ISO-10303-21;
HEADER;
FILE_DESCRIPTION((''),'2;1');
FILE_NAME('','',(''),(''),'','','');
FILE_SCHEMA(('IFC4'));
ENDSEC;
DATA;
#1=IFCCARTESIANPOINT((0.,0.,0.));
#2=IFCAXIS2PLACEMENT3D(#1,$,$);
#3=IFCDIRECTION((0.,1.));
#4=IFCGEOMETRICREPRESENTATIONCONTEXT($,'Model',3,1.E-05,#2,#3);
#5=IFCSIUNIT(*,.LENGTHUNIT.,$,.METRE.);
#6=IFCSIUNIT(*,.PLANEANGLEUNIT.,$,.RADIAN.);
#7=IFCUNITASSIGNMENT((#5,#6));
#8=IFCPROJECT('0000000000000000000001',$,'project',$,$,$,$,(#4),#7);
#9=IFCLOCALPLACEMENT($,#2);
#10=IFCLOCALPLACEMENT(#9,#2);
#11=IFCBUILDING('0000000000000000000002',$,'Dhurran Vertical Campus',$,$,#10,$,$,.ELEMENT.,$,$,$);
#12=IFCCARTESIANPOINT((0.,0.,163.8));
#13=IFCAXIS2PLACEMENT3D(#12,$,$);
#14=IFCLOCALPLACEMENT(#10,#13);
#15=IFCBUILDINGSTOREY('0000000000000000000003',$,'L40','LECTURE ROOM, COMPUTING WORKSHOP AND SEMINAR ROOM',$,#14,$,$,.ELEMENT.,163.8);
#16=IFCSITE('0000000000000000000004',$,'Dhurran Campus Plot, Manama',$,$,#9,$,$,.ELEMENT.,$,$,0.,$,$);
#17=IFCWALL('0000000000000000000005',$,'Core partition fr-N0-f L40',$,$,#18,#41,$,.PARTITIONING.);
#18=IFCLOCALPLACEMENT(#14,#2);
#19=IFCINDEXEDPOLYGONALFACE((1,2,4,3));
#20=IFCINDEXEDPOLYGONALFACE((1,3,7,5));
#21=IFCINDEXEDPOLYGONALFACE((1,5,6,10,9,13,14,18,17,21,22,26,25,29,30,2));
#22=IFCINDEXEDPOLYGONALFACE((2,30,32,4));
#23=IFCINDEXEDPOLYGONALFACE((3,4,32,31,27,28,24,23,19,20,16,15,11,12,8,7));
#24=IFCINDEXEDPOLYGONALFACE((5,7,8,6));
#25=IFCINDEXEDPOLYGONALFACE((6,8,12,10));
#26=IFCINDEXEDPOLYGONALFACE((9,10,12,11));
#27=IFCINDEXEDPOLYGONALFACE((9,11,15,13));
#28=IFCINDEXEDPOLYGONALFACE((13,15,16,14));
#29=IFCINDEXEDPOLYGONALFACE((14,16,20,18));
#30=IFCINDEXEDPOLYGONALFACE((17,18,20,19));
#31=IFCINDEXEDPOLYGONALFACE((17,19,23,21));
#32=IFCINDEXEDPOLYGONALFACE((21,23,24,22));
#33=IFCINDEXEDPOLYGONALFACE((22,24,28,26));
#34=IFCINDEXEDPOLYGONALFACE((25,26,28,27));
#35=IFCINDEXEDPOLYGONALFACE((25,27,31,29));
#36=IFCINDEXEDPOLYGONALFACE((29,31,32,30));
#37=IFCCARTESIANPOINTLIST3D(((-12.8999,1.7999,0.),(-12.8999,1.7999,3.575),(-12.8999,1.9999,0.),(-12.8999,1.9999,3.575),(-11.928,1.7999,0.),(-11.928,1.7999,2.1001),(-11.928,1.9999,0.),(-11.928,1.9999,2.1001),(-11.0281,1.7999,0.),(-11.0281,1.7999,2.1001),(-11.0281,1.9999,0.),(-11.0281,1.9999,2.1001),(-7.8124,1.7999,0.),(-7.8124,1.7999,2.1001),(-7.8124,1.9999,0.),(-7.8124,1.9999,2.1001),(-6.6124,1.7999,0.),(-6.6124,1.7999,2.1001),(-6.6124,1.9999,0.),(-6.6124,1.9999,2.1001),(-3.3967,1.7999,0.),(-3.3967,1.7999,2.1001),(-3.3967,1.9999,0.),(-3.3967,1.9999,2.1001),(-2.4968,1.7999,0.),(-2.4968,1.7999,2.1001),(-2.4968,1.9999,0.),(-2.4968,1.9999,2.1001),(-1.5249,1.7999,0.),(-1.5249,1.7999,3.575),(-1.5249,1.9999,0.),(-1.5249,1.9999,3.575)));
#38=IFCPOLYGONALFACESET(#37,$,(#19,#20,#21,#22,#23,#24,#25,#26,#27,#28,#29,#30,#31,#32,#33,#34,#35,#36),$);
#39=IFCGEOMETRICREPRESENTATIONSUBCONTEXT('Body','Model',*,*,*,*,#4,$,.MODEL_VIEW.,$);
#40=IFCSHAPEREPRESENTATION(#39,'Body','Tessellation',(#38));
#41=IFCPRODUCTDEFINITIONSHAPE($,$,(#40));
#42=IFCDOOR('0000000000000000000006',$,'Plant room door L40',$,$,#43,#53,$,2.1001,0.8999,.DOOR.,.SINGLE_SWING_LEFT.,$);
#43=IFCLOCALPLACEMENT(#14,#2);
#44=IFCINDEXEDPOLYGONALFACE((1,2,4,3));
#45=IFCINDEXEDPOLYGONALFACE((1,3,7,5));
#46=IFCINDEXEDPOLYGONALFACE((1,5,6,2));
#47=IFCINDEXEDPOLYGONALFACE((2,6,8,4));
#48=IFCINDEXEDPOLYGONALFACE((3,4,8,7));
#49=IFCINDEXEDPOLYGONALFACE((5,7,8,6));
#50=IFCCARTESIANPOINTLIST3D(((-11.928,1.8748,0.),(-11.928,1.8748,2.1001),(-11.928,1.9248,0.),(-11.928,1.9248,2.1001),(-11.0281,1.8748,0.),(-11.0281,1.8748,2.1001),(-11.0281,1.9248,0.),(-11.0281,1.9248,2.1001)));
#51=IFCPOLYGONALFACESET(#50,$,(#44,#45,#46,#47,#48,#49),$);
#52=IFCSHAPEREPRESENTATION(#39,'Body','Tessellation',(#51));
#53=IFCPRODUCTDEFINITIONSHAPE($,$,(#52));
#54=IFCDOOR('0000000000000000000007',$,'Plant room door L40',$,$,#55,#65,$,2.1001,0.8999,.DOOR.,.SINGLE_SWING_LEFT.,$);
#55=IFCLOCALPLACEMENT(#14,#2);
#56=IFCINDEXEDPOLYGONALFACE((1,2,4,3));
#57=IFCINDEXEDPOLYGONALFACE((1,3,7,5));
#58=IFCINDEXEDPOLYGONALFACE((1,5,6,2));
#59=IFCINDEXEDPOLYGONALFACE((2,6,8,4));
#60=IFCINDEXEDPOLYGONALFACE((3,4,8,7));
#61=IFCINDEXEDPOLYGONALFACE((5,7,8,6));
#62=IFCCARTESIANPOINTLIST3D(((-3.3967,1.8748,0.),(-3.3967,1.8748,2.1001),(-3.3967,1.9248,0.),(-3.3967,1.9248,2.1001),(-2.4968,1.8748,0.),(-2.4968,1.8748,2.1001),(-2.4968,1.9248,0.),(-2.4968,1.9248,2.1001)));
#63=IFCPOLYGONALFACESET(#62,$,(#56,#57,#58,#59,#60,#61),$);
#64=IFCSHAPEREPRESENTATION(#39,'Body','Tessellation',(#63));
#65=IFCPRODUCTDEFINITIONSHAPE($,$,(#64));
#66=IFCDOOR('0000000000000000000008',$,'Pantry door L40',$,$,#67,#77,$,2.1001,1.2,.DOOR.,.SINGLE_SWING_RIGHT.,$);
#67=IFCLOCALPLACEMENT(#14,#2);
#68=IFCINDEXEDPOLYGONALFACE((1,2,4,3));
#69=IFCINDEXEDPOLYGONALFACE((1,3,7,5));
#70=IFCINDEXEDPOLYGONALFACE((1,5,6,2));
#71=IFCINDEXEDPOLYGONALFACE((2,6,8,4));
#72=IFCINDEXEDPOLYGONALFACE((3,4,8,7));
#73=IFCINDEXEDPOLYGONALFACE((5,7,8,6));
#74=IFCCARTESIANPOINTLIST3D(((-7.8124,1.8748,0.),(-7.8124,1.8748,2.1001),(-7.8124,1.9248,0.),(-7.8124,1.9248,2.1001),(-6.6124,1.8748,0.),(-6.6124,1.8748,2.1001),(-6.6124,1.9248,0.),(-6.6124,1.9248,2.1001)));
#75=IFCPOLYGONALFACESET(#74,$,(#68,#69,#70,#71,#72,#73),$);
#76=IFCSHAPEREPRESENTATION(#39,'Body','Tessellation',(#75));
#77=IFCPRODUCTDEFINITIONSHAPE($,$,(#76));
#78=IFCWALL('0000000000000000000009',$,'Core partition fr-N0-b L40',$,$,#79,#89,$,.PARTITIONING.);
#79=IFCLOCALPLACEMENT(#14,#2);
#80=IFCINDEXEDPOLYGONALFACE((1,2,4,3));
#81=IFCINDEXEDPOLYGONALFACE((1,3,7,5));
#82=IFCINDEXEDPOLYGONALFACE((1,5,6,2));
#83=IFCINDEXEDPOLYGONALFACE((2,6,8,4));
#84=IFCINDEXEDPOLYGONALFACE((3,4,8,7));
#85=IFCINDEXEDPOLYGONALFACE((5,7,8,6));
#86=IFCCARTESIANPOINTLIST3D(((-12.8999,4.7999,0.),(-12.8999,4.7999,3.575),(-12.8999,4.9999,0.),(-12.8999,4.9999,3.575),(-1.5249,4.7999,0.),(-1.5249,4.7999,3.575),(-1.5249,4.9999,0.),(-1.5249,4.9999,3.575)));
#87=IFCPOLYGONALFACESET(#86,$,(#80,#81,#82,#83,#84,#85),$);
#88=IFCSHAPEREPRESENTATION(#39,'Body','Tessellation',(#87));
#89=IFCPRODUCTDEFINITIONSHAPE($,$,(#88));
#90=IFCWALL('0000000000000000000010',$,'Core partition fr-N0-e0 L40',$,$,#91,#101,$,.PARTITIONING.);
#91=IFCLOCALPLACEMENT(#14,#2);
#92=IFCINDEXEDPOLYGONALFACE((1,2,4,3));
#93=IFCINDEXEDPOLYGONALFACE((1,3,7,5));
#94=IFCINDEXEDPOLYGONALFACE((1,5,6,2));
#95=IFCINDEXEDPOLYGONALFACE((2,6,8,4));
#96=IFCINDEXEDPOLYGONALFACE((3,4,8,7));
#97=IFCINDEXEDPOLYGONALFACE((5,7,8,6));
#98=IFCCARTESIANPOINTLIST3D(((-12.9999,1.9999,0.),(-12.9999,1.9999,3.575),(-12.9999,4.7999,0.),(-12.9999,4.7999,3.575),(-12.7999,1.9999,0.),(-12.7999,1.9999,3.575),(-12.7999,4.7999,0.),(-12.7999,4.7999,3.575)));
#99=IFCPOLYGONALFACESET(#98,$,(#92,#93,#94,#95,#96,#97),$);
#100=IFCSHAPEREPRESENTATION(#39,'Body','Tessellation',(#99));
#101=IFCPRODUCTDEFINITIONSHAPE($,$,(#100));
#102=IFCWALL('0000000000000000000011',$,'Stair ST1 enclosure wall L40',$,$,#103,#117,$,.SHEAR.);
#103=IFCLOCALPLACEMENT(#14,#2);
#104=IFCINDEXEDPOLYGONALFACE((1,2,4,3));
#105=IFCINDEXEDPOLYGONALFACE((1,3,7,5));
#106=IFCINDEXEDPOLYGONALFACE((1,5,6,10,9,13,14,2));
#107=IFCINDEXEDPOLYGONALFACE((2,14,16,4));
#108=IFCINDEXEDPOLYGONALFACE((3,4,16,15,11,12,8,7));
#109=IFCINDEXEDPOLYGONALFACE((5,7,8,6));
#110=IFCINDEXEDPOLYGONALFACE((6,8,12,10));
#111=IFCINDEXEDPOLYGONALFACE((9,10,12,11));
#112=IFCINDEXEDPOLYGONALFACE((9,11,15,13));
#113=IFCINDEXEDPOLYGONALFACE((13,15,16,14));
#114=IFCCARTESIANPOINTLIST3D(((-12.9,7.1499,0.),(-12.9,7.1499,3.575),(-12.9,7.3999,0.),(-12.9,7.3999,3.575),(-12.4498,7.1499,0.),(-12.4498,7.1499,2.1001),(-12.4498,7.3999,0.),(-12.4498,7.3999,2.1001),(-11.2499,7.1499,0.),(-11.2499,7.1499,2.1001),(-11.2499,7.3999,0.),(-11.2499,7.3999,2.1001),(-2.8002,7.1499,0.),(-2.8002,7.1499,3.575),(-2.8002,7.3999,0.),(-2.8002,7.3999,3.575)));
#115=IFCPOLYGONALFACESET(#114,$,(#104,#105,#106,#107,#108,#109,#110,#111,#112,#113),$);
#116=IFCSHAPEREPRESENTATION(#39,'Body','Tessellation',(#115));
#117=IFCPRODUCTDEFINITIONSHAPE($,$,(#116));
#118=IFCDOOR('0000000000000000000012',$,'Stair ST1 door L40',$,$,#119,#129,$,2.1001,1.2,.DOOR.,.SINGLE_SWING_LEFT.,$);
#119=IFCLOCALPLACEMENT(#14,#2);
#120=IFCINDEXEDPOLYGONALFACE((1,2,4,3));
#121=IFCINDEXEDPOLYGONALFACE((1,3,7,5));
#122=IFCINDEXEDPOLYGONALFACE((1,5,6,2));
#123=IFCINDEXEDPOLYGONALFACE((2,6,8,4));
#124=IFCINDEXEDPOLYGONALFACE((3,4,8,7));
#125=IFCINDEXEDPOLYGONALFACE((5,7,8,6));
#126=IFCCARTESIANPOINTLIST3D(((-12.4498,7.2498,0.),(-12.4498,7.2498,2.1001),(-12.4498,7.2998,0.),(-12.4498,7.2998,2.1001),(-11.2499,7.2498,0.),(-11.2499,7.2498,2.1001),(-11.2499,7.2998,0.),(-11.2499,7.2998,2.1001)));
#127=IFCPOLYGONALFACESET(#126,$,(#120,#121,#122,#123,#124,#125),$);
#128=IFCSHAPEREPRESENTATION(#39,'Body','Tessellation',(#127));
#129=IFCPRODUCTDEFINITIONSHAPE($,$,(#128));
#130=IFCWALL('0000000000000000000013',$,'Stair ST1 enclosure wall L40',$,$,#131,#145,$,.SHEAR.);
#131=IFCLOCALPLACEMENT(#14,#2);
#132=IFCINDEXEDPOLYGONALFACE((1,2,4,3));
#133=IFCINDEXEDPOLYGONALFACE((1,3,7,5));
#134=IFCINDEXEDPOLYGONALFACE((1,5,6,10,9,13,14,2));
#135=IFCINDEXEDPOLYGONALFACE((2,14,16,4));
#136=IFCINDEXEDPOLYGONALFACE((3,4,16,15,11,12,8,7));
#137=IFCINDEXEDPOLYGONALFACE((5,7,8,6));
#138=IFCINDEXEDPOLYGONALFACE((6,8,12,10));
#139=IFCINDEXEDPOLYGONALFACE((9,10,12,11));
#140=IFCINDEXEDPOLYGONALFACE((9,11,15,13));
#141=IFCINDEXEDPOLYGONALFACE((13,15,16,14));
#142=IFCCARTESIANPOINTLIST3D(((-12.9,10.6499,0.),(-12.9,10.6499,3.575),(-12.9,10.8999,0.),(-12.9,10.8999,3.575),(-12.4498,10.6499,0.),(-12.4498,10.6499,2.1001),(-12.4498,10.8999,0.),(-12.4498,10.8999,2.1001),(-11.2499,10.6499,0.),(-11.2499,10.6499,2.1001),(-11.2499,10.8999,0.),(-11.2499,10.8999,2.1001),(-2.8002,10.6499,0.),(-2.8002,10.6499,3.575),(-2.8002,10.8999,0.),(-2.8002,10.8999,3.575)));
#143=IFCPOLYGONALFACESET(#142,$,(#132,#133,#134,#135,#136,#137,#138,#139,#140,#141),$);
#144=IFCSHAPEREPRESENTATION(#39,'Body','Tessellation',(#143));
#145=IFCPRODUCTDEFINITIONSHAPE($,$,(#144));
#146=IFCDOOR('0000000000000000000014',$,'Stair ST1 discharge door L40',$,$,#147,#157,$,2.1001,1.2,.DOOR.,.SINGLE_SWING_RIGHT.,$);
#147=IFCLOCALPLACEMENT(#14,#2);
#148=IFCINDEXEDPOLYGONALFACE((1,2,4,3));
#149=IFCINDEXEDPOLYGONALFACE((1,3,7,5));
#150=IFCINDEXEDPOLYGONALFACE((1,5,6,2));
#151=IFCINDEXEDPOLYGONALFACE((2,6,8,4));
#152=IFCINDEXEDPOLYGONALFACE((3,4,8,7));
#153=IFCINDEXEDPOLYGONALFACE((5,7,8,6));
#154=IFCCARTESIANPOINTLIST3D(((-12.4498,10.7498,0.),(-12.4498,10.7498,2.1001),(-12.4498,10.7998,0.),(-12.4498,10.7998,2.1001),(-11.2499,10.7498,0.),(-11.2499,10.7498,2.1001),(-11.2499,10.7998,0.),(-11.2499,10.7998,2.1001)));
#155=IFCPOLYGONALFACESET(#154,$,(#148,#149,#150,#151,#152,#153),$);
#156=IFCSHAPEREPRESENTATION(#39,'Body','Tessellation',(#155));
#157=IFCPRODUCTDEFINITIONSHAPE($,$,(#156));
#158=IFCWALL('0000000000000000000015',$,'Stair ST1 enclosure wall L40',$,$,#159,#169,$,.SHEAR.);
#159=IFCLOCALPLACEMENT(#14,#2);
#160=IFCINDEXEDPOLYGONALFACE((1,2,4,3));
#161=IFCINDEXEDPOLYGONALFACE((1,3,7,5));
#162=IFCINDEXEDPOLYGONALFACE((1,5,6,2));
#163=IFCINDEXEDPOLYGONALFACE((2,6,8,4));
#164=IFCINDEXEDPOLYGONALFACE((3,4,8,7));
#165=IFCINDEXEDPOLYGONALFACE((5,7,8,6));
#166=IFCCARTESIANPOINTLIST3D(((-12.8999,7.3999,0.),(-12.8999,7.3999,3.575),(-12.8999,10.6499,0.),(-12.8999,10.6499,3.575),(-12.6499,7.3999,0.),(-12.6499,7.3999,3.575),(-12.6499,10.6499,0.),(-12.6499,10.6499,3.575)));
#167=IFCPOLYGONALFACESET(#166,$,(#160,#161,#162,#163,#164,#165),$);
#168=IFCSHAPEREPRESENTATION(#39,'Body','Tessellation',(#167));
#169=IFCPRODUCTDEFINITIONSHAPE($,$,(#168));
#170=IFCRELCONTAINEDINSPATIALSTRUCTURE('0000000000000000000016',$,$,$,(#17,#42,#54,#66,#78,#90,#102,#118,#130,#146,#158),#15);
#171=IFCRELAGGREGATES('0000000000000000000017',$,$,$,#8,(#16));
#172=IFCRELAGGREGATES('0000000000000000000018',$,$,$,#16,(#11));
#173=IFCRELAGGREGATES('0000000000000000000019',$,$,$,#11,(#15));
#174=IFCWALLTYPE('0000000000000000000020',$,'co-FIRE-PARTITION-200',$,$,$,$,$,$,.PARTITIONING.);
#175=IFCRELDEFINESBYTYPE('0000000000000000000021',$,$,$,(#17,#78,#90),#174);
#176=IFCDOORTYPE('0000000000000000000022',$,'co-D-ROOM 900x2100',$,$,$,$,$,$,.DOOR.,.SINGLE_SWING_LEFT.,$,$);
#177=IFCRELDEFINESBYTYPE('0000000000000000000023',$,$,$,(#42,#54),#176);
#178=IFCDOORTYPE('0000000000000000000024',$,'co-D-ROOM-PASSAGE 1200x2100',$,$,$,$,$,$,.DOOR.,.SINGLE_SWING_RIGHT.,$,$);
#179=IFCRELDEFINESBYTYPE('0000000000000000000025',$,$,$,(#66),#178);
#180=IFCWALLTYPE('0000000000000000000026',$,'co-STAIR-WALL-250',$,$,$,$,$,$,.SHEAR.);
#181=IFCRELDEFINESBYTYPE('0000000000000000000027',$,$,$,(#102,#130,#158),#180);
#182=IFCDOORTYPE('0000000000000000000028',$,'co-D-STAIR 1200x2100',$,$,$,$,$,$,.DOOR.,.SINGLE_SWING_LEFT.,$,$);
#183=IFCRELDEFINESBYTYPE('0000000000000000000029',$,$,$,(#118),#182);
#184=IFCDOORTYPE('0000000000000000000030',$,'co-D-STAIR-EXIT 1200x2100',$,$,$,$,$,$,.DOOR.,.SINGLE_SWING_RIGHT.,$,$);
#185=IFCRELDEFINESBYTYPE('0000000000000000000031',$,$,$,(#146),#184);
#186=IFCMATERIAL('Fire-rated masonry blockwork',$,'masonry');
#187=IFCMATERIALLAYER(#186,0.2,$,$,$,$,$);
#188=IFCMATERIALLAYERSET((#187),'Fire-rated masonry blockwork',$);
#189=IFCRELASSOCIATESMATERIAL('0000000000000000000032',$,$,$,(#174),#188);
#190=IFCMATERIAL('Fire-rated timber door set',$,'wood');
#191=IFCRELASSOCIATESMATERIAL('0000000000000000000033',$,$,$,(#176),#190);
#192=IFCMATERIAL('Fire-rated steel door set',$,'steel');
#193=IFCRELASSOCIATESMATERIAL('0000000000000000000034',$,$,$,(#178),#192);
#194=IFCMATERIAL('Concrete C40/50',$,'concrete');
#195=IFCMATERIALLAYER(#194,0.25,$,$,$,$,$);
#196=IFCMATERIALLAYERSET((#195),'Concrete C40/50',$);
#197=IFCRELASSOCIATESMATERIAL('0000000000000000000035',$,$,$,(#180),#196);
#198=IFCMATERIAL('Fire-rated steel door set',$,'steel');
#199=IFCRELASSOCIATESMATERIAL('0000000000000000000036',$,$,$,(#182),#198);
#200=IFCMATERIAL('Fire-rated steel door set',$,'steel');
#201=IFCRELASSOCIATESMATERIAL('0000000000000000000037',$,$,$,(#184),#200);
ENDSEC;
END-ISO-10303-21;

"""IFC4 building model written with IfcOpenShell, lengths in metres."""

from ifc_helpers import new_model, si_unit, direction, frame, frame_2d, origin, place, context, subcontext, project, spatial, rectangle, extrude, material, layer, layer_set, type_object, element, fill, save


model = new_model("IFC4")

# Units and contexts
model_context = context("Model", 3, precision=1e-05, world=origin(), true_north=direction((0.0, 1.0)))
body_context = subcontext(model_context, "Body", "Model", "MODEL_VIEW")
ifc_project = project(units=[si_unit("LENGTHUNIT", "METRE"), si_unit("PLANEANGLEUNIT", "RADIAN")], contexts=[model_context])

# Site, building, storey
site_placement = place(None, origin())
site = spatial("IfcSite", under=ifc_project, at=site_placement, Name="Dhurran Campus Plot, Manama", CompositionType="ELEMENT", RefElevation=0.0)
building_placement = place(site_placement, origin())
building = spatial("IfcBuilding", under=site, at=building_placement, Name="Dhurran Vertical Campus", CompositionType="ELEMENT")
storey_placement = place(building_placement, frame((0.0, 0.0, 163.8)))
storey = spatial("IfcBuildingStorey", under=building, at=storey_placement, Name="L40", Description="LECTURE ROOM, COMPUTING WORKSHOP AND SEMINAR ROOM", CompositionType="ELEMENT", Elevation=163.8)

# Shared definitions
ifc_material_1 = material(Name="Fire-rated masonry blockwork", Category="masonry")
ifc_layer_1 = layer(ifc_material_1, 0.2)
ifc_layer_set_1 = layer_set([ifc_layer_1], Name="Fire-rated masonry blockwork")
wall_type_1 = type_object("IfcWallType", Name="co-FIRE-PARTITION-200", PredefinedType="PARTITIONING", material=ifc_layer_set_1)
ifc_material_2 = material(Name="Fire-rated timber door set", Category="wood")
door_type_1 = type_object("IfcDoorType", Name="co-D-ROOM 900x2100", OperationType="SINGLE_SWING_LEFT", PredefinedType="DOOR", material=ifc_material_2)

# Wall, openings, doors
wall_1_placement = place(storey_placement, frame((-12.8999, 1.8999, 0.0), z_axis=(0.0, 0.0, 1.0), x_axis=(1.0, 0.0, 0.0)))
wall_1 = element("IfcWall", 1, at=wall_1_placement, inside=storey, type_object=wall_type_1, Name="Core partition fr-N0-f L40", PredefinedType="PARTITIONING", context=body_context, shape_type="SweptSolid", body=[
    extrude(rectangle(XDim=11.375, YDim=0.2, at=frame_2d((5.6875, 0.0))), origin(), (0.0, 0.0, 1.0), 3.575),
])
opening_1_placement = place(wall_1_placement, frame((0.9719, 0.0, 0.0)))
opening_1 = element("IfcOpeningElement", 2, at=opening_1_placement, cuts=wall_1, PredefinedType="OPENING", context=body_context, shape_type="SweptSolid", body=[
    extrude(rectangle(XDim=0.8999, YDim=2.1001, at=frame_2d((0.45, 1.05))), frame((0.0, 0.1099, 0.0), z_axis=(0.0, -1.0, 0.0), x_axis=(1.0, 0.0, 0.0)), (0.0, 0.0, 1.0), 0.22),
])
opening_2_placement = place(wall_1_placement, frame((5.0874, 0.0, 0.0)))
opening_2 = element("IfcOpeningElement", 3, at=opening_2_placement, cuts=wall_1, PredefinedType="OPENING", context=body_context, shape_type="SweptSolid", body=[
    extrude(rectangle(XDim=1.2, YDim=2.1001, at=frame_2d((0.6001, 1.05))), frame((0.0, 0.1099, 0.0), z_axis=(0.0, -1.0, 0.0), x_axis=(1.0, 0.0, 0.0)), (0.0, 0.0, 1.0), 0.22),
])
opening_3_placement = place(wall_1_placement, frame((9.5032, 0.0, 0.0)))
opening_3 = element("IfcOpeningElement", 4, at=opening_3_placement, cuts=wall_1, PredefinedType="OPENING", context=body_context, shape_type="SweptSolid", body=[
    extrude(rectangle(XDim=0.8999, YDim=2.1001, at=frame_2d((0.45, 1.05))), frame((0.0, 0.1099, 0.0), z_axis=(0.0, -1.0, 0.0), x_axis=(1.0, 0.0, 0.0)), (0.0, 0.0, 1.0), 0.22),
])
door_1_placement = place(opening_1_placement, origin())
door_1 = element("IfcDoor", 5, at=door_1_placement, inside=storey, type_object=door_type_1, Name="Plant room door L40", OperationType="SINGLE_SWING_LEFT", OverallHeight=2.1001, OverallWidth=0.8999, PredefinedType="DOOR", context=body_context, shape_type="SweptSolid", body=[
    extrude(rectangle(XDim=0.8999, YDim=2.1001, at=frame_2d((0.45, 1.05))), frame((0.0, 0.0249, 0.0), z_axis=(0.0, -1.0, 0.0), x_axis=(1.0, 0.0, 0.0)), (0.0, 0.0, 1.0), 0.05),
])
fill(opening_1, door_1)
door_2_placement = place(opening_3_placement, origin())
door_2 = element("IfcDoor", 6, at=door_2_placement, inside=storey, type_object=door_type_1, Name="Plant room door L40", OperationType="SINGLE_SWING_LEFT", OverallHeight=2.1001, OverallWidth=0.8999, PredefinedType="DOOR", context=body_context, shape_type="SweptSolid", body=[
    extrude(rectangle(XDim=0.8999, YDim=2.1001, at=frame_2d((0.45, 1.05))), frame((0.0, 0.0249, 0.0), z_axis=(0.0, -1.0, 0.0), x_axis=(1.0, 0.0, 0.0)), (0.0, 0.0, 1.0), 0.05),
])
fill(opening_3, door_2)
ifc_material_3 = material(Name="Fire-rated steel door set", Category="steel")
door_type_2 = type_object("IfcDoorType", Name="co-D-ROOM-PASSAGE 1200x2100", OperationType="SINGLE_SWING_RIGHT", PredefinedType="DOOR", material=ifc_material_3)
door_3_placement = place(opening_2_placement, origin())
door_3 = element("IfcDoor", 7, at=door_3_placement, inside=storey, type_object=door_type_2, Name="Pantry door L40", OperationType="SINGLE_SWING_RIGHT", OverallHeight=2.1001, OverallWidth=1.2, PredefinedType="DOOR", context=body_context, shape_type="SweptSolid", body=[
    extrude(rectangle(XDim=1.2, YDim=2.1001, at=frame_2d((0.6001, 1.05))), frame((0.0, 0.0249, 0.0), z_axis=(0.0, -1.0, 0.0), x_axis=(1.0, 0.0, 0.0)), (0.0, 0.0, 1.0), 0.05),
])
fill(opening_2, door_3)

# Walls
wall_2_placement = place(storey_placement, frame((-12.8999, 4.8999, 0.0), z_axis=(0.0, 0.0, 1.0), x_axis=(1.0, 0.0, 0.0)))
element("IfcWall", 8, at=wall_2_placement, inside=storey, type_object=wall_type_1, Name="Core partition fr-N0-b L40", PredefinedType="PARTITIONING", context=body_context, shape_type="SweptSolid", body=[
    extrude(rectangle(XDim=11.375, YDim=0.2, at=frame_2d((5.6875, 0.0))), origin(), (0.0, 0.0, 1.0), 3.575),
])
wall_3_placement = place(storey_placement, frame((-12.8999, 2.0, 0.0), z_axis=(0.0, 0.0, 1.0), x_axis=(0.0, 1.0, 0.0)))
element("IfcWall", 9, at=wall_3_placement, inside=storey, type_object=wall_type_1, Name="Core partition fr-N0-e0 L40", PredefinedType="PARTITIONING", context=body_context, shape_type="SweptSolid", body=[
    extrude(rectangle(XDim=2.8, YDim=0.2, at=frame_2d((1.3999, 0.0))), origin(), (0.0, 0.0, 1.0), 3.575),
])

# Walls, openings, doors
ifc_material_4 = material(Name="Concrete C40/50", Category="concrete")
ifc_layer_2 = layer(ifc_material_4, 0.25)
ifc_layer_set_2 = layer_set([ifc_layer_2], Name="Concrete C40/50")
wall_type_2 = type_object("IfcWallType", Name="co-STAIR-WALL-250", PredefinedType="SHEAR", material=ifc_layer_set_2)
wall_4_placement = place(storey_placement, frame((-12.8999, 7.2749, 0.0), z_axis=(0.0, 0.0, 1.0), x_axis=(1.0, 0.0, 0.0)))
wall_4 = element("IfcWall", 10, at=wall_4_placement, inside=storey, type_object=wall_type_2, Name="Stair ST1 enclosure wall L40", PredefinedType="SHEAR", context=body_context, shape_type="SweptSolid", body=[
    extrude(rectangle(XDim=10.0999, YDim=0.25, at=frame_2d((5.0498, 0.0))), origin(), (0.0, 0.0, 1.0), 3.575),
])
opening_4_placement = place(wall_4_placement, frame((0.45, 0.0, 0.0)))
opening_4 = element("IfcOpeningElement", 11, at=opening_4_placement, cuts=wall_4, PredefinedType="OPENING", context=body_context, shape_type="SweptSolid", body=[
    extrude(rectangle(XDim=1.2, YDim=2.1001, at=frame_2d((0.6001, 1.05))), frame((0.0, 0.135, 0.0), z_axis=(0.0, -1.0, 0.0), x_axis=(1.0, 0.0, 0.0)), (0.0, 0.0, 1.0), 0.27),
])
ifc_material_5 = material(Name="Fire-rated steel door set", Category="steel")
door_type_3 = type_object("IfcDoorType", Name="co-D-STAIR 1200x2100", OperationType="SINGLE_SWING_LEFT", PredefinedType="DOOR", material=ifc_material_5)
door_4_placement = place(opening_4_placement, origin())
door_4 = element("IfcDoor", 12, at=door_4_placement, inside=storey, type_object=door_type_3, Name="Stair ST1 door L40", OperationType="SINGLE_SWING_LEFT", OverallHeight=2.1001, OverallWidth=1.2, PredefinedType="DOOR", context=body_context, shape_type="SweptSolid", body=[
    extrude(rectangle(XDim=1.2, YDim=2.1001, at=frame_2d((0.6001, 1.05))), frame((0.0, 0.0249, 0.0), z_axis=(0.0, -1.0, 0.0), x_axis=(1.0, 0.0, 0.0)), (0.0, 0.0, 1.0), 0.05),
])
fill(opening_4, door_4)
wall_5_placement = place(storey_placement, frame((-12.8999, 10.7749, 0.0), z_axis=(0.0, 0.0, 1.0), x_axis=(1.0, 0.0, 0.0)))
wall_5 = element("IfcWall", 13, at=wall_5_placement, inside=storey, type_object=wall_type_2, Name="Stair ST1 enclosure wall L40", PredefinedType="SHEAR", context=body_context, shape_type="SweptSolid", body=[
    extrude(rectangle(XDim=10.0999, YDim=0.25, at=frame_2d((5.0498, 0.0))), origin(), (0.0, 0.0, 1.0), 3.575),
])
opening_5_placement = place(wall_5_placement, frame((0.45, 0.0, 0.0)))
opening_5 = element("IfcOpeningElement", 14, at=opening_5_placement, cuts=wall_5, PredefinedType="OPENING", context=body_context, shape_type="SweptSolid", body=[
    extrude(rectangle(XDim=1.2, YDim=2.1001, at=frame_2d((0.6001, 1.05))), frame((0.0, 0.135, 0.0), z_axis=(0.0, -1.0, 0.0), x_axis=(1.0, 0.0, 0.0)), (0.0, 0.0, 1.0), 0.27),
])
ifc_material_6 = material(Name="Fire-rated steel door set", Category="steel")
door_type_4 = type_object("IfcDoorType", Name="co-D-STAIR-EXIT 1200x2100", OperationType="SINGLE_SWING_RIGHT", PredefinedType="DOOR", material=ifc_material_6)
door_5_placement = place(opening_5_placement, origin())
door_5 = element("IfcDoor", 15, at=door_5_placement, inside=storey, type_object=door_type_4, Name="Stair ST1 discharge door L40", OperationType="SINGLE_SWING_RIGHT", OverallHeight=2.1001, OverallWidth=1.2, PredefinedType="DOOR", context=body_context, shape_type="SweptSolid", body=[
    extrude(rectangle(XDim=1.2, YDim=2.1001, at=frame_2d((0.6001, 1.05))), frame((0.0, 0.0249, 0.0), z_axis=(0.0, -1.0, 0.0), x_axis=(1.0, 0.0, 0.0)), (0.0, 0.0, 1.0), 0.05),
])
fill(opening_5, door_5)

# Wall
wall_6_placement = place(storey_placement, frame((-12.7749, 7.3999, 0.0), z_axis=(0.0, 0.0, 1.0), x_axis=(0.0, 1.0, 0.0)))
element("IfcWall", 16, at=wall_6_placement, inside=storey, type_object=wall_type_2, Name="Stair ST1 enclosure wall L40", PredefinedType="SHEAR", context=body_context, shape_type="SweptSolid", body=[
    extrude(rectangle(XDim=3.25, YDim=0.25, at=frame_2d((1.625, 0.0))), origin(), (0.0, 0.0, 1.0), 3.575),
])

save(model, "model.ifc")
